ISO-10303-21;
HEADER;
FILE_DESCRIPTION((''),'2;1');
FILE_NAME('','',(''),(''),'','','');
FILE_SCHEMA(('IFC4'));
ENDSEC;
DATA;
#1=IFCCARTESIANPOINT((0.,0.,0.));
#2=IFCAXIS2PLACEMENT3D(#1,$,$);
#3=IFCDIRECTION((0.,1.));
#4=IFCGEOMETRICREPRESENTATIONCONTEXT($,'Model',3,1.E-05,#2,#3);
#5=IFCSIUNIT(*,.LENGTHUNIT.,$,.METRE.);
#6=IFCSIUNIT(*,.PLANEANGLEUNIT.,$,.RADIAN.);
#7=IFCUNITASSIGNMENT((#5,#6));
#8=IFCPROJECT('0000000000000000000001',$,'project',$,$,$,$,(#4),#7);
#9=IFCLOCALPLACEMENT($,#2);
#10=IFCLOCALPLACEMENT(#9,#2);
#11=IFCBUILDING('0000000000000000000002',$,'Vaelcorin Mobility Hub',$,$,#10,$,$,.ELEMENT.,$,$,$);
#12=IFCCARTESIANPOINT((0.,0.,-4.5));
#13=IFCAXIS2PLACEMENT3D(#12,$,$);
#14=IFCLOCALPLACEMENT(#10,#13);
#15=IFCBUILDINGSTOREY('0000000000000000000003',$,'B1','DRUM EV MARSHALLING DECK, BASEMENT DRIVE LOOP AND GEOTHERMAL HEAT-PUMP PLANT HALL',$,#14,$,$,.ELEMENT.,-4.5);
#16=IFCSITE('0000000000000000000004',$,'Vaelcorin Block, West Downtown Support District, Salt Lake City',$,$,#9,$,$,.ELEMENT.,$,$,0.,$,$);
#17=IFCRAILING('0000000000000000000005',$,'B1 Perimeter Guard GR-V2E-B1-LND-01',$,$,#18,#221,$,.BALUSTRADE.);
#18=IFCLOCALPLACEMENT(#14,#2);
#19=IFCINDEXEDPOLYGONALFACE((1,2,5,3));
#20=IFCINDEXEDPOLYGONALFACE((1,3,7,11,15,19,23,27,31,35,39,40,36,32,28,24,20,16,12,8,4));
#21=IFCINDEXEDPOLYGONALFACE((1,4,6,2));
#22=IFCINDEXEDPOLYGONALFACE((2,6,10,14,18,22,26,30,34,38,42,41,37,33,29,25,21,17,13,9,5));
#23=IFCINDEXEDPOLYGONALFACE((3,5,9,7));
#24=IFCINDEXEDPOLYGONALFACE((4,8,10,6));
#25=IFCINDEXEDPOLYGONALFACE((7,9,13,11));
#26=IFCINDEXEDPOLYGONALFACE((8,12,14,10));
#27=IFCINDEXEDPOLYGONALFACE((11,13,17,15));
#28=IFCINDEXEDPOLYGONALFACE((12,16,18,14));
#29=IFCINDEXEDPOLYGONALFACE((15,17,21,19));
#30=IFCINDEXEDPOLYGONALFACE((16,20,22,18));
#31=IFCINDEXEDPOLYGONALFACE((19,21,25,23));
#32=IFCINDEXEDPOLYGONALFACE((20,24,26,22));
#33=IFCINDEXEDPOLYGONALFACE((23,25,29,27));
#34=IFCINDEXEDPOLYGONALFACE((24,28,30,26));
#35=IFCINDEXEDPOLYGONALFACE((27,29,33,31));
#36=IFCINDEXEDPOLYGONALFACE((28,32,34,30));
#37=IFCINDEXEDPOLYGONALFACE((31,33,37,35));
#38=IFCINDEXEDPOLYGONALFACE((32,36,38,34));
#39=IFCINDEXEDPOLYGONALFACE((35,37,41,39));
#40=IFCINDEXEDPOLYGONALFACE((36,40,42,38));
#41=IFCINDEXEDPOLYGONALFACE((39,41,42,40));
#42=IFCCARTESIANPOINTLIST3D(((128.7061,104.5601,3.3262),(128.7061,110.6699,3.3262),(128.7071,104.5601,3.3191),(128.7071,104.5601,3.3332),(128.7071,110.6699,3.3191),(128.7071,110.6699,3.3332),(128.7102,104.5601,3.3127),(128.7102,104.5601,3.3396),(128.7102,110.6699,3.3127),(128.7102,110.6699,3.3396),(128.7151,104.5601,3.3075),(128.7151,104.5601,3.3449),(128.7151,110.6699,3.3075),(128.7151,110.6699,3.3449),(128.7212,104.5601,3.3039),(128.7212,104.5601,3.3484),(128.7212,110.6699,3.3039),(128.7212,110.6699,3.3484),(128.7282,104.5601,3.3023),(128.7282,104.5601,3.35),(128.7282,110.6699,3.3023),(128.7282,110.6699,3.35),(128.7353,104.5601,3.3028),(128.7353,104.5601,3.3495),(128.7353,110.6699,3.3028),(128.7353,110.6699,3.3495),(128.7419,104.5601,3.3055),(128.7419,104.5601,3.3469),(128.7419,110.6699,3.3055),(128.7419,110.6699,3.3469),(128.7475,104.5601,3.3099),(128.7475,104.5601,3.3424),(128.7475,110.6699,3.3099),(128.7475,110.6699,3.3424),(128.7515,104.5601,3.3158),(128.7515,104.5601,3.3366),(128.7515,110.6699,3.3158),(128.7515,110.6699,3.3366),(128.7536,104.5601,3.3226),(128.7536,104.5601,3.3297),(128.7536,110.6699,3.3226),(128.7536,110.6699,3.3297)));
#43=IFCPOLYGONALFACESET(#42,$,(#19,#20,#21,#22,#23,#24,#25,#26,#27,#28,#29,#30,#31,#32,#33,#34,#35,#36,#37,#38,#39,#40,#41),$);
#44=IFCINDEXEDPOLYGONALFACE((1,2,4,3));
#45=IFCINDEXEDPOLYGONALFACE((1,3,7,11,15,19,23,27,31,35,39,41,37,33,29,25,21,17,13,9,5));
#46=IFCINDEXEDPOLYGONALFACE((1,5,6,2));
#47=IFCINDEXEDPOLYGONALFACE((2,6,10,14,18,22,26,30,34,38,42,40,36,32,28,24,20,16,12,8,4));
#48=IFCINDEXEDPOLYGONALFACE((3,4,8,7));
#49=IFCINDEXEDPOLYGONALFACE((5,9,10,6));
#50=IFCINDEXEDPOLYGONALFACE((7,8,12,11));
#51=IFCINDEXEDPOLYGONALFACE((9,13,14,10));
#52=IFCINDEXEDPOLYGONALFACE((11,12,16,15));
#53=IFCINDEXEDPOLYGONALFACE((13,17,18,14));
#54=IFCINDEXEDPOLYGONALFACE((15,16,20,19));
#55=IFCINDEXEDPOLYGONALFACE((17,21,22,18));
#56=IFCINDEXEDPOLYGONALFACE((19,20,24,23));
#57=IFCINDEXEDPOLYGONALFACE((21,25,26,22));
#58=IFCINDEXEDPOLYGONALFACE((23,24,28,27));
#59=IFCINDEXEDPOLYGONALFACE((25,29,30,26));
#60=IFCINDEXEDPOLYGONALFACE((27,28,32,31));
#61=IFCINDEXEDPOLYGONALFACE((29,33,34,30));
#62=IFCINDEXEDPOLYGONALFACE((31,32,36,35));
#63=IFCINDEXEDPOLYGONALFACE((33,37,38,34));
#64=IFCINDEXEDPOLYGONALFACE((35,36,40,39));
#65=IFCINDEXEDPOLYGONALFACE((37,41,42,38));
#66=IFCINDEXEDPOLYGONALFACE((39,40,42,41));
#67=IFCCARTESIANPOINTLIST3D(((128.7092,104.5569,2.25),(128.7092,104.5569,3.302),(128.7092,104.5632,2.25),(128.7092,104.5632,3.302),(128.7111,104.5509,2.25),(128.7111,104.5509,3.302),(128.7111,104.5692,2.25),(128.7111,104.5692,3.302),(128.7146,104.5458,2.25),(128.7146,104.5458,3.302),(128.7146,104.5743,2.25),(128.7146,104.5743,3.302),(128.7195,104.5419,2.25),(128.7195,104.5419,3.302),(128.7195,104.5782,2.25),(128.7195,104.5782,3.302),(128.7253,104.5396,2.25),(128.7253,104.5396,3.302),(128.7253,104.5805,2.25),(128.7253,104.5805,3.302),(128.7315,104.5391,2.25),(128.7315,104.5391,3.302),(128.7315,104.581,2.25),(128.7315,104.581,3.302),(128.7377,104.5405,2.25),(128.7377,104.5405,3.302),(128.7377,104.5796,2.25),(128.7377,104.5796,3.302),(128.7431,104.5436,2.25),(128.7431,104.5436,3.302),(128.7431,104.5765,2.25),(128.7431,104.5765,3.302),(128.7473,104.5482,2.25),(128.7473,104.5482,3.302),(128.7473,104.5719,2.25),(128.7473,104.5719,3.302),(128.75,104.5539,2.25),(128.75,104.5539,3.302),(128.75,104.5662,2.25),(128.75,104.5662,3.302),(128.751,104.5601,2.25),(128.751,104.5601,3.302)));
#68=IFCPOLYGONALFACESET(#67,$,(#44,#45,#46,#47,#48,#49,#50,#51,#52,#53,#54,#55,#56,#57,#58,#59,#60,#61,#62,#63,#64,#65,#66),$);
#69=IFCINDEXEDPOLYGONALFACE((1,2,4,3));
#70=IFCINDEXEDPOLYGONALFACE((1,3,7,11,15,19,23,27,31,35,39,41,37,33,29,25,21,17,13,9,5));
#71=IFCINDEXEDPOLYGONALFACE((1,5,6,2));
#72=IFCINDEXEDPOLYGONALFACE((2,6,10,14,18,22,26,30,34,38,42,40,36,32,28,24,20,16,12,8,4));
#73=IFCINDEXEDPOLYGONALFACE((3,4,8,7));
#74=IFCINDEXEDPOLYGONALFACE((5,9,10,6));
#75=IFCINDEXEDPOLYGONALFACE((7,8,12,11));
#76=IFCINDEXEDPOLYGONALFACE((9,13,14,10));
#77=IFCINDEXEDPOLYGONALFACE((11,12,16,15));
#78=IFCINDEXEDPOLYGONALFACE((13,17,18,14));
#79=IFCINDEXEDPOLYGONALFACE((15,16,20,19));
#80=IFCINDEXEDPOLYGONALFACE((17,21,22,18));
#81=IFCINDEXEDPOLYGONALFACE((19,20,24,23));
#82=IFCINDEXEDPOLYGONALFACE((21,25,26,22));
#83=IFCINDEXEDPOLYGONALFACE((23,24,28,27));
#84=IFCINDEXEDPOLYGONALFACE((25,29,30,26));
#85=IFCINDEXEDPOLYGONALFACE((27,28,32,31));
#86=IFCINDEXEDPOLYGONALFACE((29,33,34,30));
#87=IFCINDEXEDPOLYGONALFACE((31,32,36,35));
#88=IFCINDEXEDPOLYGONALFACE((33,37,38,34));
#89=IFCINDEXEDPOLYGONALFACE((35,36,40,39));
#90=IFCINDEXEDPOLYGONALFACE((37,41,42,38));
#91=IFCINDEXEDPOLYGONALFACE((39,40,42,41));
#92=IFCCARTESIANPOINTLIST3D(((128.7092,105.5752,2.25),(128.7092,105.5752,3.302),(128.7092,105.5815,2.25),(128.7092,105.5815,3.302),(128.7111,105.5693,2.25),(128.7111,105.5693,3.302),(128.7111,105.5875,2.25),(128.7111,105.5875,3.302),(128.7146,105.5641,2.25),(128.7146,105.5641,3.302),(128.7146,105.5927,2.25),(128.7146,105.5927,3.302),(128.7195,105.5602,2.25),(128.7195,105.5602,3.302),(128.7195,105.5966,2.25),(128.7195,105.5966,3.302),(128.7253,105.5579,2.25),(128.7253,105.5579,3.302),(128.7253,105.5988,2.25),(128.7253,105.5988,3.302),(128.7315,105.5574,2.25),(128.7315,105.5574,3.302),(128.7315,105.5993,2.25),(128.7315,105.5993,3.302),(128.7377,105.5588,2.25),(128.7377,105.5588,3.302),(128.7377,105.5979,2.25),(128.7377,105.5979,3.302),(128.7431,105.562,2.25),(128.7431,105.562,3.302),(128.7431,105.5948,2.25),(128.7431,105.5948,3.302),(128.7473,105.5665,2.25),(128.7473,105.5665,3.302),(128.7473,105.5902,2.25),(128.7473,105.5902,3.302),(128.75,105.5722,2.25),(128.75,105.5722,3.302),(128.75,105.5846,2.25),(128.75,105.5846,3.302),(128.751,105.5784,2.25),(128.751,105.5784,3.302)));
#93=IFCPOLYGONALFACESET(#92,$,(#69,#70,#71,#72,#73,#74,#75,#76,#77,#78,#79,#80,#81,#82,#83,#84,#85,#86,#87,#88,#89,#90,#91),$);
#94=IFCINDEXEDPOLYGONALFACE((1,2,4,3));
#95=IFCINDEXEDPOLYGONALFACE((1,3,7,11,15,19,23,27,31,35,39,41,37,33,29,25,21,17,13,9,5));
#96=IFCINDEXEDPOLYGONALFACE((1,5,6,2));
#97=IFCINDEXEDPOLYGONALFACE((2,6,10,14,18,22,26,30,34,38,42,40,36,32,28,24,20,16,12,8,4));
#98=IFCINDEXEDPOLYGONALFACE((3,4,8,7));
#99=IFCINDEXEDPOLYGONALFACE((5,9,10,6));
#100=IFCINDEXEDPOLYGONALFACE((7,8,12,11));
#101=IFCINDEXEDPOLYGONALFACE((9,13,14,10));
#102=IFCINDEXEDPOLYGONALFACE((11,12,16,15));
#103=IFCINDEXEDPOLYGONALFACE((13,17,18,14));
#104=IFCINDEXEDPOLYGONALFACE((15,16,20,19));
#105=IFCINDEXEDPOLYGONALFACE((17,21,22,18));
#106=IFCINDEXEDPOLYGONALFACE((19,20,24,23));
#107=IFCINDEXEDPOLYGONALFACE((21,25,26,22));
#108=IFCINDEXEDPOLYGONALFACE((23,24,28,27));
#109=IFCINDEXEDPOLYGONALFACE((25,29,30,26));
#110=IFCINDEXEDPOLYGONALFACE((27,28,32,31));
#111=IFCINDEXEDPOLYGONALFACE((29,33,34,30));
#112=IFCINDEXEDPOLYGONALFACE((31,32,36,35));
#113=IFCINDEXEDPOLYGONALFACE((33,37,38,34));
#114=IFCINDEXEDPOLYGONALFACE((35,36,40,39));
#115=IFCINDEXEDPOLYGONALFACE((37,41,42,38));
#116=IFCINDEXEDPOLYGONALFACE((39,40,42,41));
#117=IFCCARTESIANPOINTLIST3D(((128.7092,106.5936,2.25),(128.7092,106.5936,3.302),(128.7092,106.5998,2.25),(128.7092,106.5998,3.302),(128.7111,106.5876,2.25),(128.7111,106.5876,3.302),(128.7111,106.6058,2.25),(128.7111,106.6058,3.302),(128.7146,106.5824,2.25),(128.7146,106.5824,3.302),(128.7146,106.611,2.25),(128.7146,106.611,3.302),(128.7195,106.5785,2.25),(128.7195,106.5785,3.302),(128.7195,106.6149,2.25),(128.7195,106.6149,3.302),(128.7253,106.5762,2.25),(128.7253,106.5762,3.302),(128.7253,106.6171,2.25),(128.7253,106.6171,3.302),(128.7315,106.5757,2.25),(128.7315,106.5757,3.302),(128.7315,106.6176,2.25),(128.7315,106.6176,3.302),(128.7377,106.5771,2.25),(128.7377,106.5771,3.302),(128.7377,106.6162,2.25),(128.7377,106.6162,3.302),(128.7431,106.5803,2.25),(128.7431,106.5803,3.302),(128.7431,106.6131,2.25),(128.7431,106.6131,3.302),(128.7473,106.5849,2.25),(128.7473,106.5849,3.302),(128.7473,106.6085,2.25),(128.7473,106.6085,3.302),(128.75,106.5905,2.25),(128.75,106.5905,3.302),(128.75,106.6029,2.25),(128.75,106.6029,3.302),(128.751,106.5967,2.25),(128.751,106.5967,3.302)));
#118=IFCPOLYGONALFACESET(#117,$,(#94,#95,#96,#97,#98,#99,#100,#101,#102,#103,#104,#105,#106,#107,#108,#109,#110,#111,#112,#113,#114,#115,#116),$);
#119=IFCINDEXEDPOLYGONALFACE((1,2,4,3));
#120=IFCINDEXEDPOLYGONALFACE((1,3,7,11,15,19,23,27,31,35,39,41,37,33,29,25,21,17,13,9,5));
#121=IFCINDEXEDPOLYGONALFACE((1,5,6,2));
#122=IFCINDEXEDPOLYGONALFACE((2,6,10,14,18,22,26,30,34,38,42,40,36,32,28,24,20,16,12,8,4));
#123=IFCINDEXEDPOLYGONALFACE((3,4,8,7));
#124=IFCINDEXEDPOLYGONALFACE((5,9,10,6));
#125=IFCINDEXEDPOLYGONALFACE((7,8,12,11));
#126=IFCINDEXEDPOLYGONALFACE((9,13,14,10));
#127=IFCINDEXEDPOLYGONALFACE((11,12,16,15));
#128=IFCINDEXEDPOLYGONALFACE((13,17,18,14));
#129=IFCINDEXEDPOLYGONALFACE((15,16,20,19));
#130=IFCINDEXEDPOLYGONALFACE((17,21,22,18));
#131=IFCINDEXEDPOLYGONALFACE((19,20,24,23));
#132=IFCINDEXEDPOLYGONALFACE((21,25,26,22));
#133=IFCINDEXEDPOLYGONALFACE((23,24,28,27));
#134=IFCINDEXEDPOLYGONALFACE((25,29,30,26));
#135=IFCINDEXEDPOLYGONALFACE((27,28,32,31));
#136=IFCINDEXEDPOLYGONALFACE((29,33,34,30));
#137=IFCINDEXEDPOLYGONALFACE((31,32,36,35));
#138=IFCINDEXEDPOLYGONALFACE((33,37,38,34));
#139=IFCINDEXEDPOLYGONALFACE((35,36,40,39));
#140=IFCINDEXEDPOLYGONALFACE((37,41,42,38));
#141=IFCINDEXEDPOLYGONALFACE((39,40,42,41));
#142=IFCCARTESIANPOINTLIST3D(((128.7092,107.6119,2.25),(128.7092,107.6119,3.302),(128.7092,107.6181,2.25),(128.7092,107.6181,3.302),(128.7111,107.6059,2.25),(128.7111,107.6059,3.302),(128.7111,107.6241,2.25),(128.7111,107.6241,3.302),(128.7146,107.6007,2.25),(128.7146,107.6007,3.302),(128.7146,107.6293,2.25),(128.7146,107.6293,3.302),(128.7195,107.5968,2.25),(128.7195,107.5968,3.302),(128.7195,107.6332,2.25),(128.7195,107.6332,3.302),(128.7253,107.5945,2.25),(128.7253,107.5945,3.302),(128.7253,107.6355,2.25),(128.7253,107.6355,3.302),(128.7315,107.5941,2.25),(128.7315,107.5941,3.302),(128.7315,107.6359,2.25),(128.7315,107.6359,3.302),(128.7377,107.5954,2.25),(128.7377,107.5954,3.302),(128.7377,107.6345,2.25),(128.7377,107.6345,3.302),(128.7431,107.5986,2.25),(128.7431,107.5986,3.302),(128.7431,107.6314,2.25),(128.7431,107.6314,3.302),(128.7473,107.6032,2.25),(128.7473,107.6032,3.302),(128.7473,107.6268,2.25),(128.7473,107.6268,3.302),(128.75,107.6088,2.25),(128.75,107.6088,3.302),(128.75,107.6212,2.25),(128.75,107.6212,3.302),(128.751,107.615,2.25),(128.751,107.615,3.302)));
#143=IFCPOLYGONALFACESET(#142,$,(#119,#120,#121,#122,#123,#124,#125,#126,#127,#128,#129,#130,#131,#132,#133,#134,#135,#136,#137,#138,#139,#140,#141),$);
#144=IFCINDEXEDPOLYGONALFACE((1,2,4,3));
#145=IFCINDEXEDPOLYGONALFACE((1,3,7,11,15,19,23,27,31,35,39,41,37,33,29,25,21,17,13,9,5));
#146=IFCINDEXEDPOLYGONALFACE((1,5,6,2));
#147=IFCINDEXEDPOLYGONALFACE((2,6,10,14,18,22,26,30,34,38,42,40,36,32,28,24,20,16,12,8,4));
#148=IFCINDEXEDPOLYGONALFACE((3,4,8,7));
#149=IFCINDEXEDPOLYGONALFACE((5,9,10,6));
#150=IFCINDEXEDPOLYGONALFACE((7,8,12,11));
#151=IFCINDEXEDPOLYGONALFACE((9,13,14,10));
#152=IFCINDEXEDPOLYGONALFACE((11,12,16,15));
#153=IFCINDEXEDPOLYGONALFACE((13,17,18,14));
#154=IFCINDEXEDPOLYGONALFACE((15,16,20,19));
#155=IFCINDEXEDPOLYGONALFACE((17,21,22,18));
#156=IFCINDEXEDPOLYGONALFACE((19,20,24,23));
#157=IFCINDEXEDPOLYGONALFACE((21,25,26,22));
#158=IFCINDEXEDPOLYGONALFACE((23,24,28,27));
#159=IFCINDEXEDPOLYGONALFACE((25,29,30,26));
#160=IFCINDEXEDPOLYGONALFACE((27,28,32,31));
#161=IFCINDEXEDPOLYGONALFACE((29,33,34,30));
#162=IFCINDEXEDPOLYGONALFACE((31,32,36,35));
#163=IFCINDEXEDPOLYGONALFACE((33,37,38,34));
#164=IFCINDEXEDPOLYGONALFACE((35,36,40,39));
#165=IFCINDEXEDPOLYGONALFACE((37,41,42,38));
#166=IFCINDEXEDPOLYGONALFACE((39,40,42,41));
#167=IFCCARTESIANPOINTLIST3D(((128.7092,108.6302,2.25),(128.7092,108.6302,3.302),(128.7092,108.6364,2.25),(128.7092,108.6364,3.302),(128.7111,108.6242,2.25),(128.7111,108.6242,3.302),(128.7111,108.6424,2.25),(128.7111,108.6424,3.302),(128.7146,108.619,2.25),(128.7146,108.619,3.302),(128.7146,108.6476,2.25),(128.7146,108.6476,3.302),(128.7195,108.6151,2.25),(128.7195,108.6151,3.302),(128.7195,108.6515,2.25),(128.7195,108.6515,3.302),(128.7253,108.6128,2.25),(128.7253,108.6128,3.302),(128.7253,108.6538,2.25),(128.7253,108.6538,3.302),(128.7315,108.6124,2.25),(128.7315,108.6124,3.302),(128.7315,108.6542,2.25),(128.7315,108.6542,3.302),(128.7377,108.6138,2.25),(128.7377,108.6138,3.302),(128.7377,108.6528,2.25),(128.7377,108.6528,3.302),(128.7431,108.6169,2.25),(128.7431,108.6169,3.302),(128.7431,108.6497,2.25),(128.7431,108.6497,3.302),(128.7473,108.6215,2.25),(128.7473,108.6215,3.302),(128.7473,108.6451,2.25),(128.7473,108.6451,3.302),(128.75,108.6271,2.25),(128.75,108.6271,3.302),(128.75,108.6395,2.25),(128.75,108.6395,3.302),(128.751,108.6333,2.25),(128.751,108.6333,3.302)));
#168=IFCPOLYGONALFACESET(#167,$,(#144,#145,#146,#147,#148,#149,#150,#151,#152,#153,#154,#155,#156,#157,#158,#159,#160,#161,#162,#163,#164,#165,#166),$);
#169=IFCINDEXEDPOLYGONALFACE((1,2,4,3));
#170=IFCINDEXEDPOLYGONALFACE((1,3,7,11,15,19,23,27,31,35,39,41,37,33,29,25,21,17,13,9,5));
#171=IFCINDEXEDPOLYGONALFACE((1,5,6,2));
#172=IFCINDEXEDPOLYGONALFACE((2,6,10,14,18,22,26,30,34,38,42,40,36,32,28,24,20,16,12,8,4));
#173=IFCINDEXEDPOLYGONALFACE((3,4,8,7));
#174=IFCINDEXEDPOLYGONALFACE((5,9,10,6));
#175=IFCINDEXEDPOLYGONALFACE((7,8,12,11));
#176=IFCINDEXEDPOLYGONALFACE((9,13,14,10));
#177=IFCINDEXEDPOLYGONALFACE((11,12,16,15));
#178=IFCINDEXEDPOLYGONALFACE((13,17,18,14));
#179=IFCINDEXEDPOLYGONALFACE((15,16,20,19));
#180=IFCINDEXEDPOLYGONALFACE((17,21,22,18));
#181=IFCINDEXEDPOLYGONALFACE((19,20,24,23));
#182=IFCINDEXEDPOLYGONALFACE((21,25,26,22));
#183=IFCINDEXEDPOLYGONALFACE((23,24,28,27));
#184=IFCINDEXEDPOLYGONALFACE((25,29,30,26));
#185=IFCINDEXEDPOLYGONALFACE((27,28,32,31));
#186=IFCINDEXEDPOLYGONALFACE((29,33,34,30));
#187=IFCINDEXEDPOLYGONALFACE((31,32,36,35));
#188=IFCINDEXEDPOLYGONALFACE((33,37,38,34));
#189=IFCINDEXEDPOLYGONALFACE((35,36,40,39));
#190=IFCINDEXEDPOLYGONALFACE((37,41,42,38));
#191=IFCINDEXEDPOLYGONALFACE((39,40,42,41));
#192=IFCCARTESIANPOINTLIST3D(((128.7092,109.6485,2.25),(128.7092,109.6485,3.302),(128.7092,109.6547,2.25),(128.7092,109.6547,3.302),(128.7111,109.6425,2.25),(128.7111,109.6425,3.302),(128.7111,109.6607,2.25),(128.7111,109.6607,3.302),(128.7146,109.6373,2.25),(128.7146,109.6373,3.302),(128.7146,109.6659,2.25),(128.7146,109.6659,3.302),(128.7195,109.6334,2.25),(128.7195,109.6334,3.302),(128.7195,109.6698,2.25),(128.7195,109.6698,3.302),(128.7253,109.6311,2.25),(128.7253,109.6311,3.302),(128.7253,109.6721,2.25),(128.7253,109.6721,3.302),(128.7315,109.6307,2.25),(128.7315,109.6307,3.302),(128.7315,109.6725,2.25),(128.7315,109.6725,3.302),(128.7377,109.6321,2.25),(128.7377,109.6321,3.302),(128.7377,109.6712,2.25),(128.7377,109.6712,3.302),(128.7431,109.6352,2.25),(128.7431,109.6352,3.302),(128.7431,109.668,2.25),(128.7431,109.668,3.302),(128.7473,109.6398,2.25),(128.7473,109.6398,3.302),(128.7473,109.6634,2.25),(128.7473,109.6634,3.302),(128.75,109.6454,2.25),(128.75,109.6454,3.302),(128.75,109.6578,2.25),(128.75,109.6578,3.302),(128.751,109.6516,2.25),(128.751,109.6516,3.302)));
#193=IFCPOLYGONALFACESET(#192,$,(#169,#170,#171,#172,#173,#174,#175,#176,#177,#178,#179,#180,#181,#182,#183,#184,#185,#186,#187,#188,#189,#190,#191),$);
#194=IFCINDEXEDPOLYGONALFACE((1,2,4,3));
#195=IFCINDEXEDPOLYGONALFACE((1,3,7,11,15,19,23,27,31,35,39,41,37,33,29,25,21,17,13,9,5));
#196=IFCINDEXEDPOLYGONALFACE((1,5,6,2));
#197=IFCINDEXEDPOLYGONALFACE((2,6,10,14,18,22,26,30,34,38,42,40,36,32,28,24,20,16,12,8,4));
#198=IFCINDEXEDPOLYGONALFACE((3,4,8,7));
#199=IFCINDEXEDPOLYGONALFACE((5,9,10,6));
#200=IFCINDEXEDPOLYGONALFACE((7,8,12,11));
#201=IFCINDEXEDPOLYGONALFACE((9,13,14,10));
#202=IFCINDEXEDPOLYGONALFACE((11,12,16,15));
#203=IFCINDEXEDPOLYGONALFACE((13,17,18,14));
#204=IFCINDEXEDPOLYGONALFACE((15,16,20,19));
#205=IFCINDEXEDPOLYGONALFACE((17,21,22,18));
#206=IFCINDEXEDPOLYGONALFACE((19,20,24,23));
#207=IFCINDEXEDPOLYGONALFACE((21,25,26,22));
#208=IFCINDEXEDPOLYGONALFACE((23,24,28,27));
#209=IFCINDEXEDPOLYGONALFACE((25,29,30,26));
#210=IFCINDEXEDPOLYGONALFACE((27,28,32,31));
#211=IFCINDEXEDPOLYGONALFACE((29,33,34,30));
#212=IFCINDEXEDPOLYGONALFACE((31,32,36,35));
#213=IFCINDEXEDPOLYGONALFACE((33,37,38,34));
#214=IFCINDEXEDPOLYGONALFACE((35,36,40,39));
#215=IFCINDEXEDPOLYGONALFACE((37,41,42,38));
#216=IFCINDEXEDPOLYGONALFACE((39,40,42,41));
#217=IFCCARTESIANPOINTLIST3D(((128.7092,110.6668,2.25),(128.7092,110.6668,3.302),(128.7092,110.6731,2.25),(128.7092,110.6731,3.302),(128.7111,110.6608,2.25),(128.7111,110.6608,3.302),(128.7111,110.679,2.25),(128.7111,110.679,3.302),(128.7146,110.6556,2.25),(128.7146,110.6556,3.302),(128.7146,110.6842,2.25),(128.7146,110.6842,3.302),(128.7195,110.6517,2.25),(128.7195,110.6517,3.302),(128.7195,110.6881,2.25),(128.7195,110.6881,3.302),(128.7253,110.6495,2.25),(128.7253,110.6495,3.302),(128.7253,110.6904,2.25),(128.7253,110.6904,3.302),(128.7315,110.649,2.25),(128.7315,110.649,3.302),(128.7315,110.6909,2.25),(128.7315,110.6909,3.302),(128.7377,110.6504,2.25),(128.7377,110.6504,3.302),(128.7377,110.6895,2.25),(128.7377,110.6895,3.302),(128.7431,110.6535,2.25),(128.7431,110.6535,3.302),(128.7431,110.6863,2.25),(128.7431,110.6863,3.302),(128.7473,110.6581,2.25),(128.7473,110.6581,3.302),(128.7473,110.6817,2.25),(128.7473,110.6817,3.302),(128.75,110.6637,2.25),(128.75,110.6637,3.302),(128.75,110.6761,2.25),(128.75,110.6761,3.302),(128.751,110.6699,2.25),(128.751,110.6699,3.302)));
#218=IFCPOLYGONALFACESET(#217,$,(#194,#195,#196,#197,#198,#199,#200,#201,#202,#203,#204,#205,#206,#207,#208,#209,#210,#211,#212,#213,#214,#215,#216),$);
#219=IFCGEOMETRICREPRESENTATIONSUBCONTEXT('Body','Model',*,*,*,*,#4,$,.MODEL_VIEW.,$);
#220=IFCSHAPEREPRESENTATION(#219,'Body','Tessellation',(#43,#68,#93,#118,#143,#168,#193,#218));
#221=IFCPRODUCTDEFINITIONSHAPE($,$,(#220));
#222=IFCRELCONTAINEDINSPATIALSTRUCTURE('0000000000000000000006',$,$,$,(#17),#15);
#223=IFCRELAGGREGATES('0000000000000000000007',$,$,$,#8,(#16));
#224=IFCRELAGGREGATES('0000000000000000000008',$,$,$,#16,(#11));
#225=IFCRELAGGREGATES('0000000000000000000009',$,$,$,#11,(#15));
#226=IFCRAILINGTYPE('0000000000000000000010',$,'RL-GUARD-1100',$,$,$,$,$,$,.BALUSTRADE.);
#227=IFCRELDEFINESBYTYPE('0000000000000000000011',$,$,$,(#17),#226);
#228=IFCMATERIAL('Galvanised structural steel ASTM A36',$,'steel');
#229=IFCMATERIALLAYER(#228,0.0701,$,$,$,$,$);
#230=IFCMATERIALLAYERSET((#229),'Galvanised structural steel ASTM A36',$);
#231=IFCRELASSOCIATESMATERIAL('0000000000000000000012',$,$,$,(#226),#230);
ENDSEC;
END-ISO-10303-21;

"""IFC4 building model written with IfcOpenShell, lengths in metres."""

from ifc_helpers import new_model, si_unit, direction, frame, origin, origin_2d, place, context, subcontext, project, spatial, circle, extrude, material, layer, layer_set, type_object, element, save


model = new_model("IFC4")

# Units and contexts
model_context = context("Model", 3, precision=1e-05, world=origin(), true_north=direction((0.0, 1.0)))
body_context = subcontext(model_context, "Body", "Model", "MODEL_VIEW")
ifc_project = project(units=[si_unit("LENGTHUNIT", "METRE"), si_unit("PLANEANGLEUNIT", "RADIAN")], contexts=[model_context])

# Site, building, storey
site_placement = place(None, origin())
site = spatial("IfcSite", under=ifc_project, at=site_placement, Name="Vaelcorin Block, West Downtown Support District, Salt Lake City", CompositionType="ELEMENT", RefElevation=0.0)
building_placement = place(site_placement, origin())
building = spatial("IfcBuilding", under=site, at=building_placement, Name="Vaelcorin Mobility Hub", CompositionType="ELEMENT")
storey_placement = place(building_placement, frame((0.0, 0.0, -4.5)))
storey = spatial("IfcBuildingStorey", under=building, at=storey_placement, Name="B1", Description="DRUM EV MARSHALLING DECK, BASEMENT DRIVE LOOP AND GEOTHERMAL HEAT-PUMP PLANT HALL", CompositionType="ELEMENT", Elevation=-4.5)

# Railing
ifc_material_1 = material(Name="Galvanised structural steel ASTM A36", Category="steel")
ifc_layer_1 = layer(ifc_material_1, 0.0701)
ifc_layer_set_1 = layer_set([ifc_layer_1], Name="Galvanised structural steel ASTM A36")
railing_type_1 = type_object("IfcRailingType", Name="RL-GUARD-1100", PredefinedType="BALUSTRADE", material=ifc_layer_set_1)
railing_1_placement = place(storey_placement, frame((128.73, 104.5601, 2.25)))
element("IfcRailing", 1, at=railing_1_placement, inside=storey, type_object=railing_type_1, Name="B1 Perimeter Guard GR-V2E-B1-LND-01", PredefinedType="BALUSTRADE", context=body_context, shape_type="SweptSolid", body=[
    extrude(circle(Radius=0.0239, at=origin_2d()), frame((0.0, 0.0, 1.0762), z_axis=(0.0, 1.0, 0.0), x_axis=(-1.0, 0.0, 0.0)), (0.0, 0.0, 1.0), 6.1099),
    extrude(circle(Radius=0.021, at=origin_2d()), origin(), (0.0, 0.0, 1.0), 1.052),
    extrude(circle(Radius=0.021, at=origin_2d()), frame((0.0, 1.0183, 0.0)), (0.0, 0.0, 1.0), 1.052),
    extrude(circle(Radius=0.021, at=origin_2d()), frame((0.0, 2.0366, 0.0)), (0.0, 0.0, 1.0), 1.052),
    extrude(circle(Radius=0.021, at=origin_2d()), frame((0.0, 3.0549, 0.0)), (0.0, 0.0, 1.0), 1.052),
    extrude(circle(Radius=0.021, at=origin_2d()), frame((0.0, 4.0732, 0.0)), (0.0, 0.0, 1.0), 1.052),
    extrude(circle(Radius=0.021, at=origin_2d()), frame((0.0, 5.0916, 0.0)), (0.0, 0.0, 1.0), 1.052),
    extrude(circle(Radius=0.021, at=origin_2d()), frame((0.0, 6.1099, 0.0)), (0.0, 0.0, 1.0), 1.052),
])

save(model, "model.ifc")
